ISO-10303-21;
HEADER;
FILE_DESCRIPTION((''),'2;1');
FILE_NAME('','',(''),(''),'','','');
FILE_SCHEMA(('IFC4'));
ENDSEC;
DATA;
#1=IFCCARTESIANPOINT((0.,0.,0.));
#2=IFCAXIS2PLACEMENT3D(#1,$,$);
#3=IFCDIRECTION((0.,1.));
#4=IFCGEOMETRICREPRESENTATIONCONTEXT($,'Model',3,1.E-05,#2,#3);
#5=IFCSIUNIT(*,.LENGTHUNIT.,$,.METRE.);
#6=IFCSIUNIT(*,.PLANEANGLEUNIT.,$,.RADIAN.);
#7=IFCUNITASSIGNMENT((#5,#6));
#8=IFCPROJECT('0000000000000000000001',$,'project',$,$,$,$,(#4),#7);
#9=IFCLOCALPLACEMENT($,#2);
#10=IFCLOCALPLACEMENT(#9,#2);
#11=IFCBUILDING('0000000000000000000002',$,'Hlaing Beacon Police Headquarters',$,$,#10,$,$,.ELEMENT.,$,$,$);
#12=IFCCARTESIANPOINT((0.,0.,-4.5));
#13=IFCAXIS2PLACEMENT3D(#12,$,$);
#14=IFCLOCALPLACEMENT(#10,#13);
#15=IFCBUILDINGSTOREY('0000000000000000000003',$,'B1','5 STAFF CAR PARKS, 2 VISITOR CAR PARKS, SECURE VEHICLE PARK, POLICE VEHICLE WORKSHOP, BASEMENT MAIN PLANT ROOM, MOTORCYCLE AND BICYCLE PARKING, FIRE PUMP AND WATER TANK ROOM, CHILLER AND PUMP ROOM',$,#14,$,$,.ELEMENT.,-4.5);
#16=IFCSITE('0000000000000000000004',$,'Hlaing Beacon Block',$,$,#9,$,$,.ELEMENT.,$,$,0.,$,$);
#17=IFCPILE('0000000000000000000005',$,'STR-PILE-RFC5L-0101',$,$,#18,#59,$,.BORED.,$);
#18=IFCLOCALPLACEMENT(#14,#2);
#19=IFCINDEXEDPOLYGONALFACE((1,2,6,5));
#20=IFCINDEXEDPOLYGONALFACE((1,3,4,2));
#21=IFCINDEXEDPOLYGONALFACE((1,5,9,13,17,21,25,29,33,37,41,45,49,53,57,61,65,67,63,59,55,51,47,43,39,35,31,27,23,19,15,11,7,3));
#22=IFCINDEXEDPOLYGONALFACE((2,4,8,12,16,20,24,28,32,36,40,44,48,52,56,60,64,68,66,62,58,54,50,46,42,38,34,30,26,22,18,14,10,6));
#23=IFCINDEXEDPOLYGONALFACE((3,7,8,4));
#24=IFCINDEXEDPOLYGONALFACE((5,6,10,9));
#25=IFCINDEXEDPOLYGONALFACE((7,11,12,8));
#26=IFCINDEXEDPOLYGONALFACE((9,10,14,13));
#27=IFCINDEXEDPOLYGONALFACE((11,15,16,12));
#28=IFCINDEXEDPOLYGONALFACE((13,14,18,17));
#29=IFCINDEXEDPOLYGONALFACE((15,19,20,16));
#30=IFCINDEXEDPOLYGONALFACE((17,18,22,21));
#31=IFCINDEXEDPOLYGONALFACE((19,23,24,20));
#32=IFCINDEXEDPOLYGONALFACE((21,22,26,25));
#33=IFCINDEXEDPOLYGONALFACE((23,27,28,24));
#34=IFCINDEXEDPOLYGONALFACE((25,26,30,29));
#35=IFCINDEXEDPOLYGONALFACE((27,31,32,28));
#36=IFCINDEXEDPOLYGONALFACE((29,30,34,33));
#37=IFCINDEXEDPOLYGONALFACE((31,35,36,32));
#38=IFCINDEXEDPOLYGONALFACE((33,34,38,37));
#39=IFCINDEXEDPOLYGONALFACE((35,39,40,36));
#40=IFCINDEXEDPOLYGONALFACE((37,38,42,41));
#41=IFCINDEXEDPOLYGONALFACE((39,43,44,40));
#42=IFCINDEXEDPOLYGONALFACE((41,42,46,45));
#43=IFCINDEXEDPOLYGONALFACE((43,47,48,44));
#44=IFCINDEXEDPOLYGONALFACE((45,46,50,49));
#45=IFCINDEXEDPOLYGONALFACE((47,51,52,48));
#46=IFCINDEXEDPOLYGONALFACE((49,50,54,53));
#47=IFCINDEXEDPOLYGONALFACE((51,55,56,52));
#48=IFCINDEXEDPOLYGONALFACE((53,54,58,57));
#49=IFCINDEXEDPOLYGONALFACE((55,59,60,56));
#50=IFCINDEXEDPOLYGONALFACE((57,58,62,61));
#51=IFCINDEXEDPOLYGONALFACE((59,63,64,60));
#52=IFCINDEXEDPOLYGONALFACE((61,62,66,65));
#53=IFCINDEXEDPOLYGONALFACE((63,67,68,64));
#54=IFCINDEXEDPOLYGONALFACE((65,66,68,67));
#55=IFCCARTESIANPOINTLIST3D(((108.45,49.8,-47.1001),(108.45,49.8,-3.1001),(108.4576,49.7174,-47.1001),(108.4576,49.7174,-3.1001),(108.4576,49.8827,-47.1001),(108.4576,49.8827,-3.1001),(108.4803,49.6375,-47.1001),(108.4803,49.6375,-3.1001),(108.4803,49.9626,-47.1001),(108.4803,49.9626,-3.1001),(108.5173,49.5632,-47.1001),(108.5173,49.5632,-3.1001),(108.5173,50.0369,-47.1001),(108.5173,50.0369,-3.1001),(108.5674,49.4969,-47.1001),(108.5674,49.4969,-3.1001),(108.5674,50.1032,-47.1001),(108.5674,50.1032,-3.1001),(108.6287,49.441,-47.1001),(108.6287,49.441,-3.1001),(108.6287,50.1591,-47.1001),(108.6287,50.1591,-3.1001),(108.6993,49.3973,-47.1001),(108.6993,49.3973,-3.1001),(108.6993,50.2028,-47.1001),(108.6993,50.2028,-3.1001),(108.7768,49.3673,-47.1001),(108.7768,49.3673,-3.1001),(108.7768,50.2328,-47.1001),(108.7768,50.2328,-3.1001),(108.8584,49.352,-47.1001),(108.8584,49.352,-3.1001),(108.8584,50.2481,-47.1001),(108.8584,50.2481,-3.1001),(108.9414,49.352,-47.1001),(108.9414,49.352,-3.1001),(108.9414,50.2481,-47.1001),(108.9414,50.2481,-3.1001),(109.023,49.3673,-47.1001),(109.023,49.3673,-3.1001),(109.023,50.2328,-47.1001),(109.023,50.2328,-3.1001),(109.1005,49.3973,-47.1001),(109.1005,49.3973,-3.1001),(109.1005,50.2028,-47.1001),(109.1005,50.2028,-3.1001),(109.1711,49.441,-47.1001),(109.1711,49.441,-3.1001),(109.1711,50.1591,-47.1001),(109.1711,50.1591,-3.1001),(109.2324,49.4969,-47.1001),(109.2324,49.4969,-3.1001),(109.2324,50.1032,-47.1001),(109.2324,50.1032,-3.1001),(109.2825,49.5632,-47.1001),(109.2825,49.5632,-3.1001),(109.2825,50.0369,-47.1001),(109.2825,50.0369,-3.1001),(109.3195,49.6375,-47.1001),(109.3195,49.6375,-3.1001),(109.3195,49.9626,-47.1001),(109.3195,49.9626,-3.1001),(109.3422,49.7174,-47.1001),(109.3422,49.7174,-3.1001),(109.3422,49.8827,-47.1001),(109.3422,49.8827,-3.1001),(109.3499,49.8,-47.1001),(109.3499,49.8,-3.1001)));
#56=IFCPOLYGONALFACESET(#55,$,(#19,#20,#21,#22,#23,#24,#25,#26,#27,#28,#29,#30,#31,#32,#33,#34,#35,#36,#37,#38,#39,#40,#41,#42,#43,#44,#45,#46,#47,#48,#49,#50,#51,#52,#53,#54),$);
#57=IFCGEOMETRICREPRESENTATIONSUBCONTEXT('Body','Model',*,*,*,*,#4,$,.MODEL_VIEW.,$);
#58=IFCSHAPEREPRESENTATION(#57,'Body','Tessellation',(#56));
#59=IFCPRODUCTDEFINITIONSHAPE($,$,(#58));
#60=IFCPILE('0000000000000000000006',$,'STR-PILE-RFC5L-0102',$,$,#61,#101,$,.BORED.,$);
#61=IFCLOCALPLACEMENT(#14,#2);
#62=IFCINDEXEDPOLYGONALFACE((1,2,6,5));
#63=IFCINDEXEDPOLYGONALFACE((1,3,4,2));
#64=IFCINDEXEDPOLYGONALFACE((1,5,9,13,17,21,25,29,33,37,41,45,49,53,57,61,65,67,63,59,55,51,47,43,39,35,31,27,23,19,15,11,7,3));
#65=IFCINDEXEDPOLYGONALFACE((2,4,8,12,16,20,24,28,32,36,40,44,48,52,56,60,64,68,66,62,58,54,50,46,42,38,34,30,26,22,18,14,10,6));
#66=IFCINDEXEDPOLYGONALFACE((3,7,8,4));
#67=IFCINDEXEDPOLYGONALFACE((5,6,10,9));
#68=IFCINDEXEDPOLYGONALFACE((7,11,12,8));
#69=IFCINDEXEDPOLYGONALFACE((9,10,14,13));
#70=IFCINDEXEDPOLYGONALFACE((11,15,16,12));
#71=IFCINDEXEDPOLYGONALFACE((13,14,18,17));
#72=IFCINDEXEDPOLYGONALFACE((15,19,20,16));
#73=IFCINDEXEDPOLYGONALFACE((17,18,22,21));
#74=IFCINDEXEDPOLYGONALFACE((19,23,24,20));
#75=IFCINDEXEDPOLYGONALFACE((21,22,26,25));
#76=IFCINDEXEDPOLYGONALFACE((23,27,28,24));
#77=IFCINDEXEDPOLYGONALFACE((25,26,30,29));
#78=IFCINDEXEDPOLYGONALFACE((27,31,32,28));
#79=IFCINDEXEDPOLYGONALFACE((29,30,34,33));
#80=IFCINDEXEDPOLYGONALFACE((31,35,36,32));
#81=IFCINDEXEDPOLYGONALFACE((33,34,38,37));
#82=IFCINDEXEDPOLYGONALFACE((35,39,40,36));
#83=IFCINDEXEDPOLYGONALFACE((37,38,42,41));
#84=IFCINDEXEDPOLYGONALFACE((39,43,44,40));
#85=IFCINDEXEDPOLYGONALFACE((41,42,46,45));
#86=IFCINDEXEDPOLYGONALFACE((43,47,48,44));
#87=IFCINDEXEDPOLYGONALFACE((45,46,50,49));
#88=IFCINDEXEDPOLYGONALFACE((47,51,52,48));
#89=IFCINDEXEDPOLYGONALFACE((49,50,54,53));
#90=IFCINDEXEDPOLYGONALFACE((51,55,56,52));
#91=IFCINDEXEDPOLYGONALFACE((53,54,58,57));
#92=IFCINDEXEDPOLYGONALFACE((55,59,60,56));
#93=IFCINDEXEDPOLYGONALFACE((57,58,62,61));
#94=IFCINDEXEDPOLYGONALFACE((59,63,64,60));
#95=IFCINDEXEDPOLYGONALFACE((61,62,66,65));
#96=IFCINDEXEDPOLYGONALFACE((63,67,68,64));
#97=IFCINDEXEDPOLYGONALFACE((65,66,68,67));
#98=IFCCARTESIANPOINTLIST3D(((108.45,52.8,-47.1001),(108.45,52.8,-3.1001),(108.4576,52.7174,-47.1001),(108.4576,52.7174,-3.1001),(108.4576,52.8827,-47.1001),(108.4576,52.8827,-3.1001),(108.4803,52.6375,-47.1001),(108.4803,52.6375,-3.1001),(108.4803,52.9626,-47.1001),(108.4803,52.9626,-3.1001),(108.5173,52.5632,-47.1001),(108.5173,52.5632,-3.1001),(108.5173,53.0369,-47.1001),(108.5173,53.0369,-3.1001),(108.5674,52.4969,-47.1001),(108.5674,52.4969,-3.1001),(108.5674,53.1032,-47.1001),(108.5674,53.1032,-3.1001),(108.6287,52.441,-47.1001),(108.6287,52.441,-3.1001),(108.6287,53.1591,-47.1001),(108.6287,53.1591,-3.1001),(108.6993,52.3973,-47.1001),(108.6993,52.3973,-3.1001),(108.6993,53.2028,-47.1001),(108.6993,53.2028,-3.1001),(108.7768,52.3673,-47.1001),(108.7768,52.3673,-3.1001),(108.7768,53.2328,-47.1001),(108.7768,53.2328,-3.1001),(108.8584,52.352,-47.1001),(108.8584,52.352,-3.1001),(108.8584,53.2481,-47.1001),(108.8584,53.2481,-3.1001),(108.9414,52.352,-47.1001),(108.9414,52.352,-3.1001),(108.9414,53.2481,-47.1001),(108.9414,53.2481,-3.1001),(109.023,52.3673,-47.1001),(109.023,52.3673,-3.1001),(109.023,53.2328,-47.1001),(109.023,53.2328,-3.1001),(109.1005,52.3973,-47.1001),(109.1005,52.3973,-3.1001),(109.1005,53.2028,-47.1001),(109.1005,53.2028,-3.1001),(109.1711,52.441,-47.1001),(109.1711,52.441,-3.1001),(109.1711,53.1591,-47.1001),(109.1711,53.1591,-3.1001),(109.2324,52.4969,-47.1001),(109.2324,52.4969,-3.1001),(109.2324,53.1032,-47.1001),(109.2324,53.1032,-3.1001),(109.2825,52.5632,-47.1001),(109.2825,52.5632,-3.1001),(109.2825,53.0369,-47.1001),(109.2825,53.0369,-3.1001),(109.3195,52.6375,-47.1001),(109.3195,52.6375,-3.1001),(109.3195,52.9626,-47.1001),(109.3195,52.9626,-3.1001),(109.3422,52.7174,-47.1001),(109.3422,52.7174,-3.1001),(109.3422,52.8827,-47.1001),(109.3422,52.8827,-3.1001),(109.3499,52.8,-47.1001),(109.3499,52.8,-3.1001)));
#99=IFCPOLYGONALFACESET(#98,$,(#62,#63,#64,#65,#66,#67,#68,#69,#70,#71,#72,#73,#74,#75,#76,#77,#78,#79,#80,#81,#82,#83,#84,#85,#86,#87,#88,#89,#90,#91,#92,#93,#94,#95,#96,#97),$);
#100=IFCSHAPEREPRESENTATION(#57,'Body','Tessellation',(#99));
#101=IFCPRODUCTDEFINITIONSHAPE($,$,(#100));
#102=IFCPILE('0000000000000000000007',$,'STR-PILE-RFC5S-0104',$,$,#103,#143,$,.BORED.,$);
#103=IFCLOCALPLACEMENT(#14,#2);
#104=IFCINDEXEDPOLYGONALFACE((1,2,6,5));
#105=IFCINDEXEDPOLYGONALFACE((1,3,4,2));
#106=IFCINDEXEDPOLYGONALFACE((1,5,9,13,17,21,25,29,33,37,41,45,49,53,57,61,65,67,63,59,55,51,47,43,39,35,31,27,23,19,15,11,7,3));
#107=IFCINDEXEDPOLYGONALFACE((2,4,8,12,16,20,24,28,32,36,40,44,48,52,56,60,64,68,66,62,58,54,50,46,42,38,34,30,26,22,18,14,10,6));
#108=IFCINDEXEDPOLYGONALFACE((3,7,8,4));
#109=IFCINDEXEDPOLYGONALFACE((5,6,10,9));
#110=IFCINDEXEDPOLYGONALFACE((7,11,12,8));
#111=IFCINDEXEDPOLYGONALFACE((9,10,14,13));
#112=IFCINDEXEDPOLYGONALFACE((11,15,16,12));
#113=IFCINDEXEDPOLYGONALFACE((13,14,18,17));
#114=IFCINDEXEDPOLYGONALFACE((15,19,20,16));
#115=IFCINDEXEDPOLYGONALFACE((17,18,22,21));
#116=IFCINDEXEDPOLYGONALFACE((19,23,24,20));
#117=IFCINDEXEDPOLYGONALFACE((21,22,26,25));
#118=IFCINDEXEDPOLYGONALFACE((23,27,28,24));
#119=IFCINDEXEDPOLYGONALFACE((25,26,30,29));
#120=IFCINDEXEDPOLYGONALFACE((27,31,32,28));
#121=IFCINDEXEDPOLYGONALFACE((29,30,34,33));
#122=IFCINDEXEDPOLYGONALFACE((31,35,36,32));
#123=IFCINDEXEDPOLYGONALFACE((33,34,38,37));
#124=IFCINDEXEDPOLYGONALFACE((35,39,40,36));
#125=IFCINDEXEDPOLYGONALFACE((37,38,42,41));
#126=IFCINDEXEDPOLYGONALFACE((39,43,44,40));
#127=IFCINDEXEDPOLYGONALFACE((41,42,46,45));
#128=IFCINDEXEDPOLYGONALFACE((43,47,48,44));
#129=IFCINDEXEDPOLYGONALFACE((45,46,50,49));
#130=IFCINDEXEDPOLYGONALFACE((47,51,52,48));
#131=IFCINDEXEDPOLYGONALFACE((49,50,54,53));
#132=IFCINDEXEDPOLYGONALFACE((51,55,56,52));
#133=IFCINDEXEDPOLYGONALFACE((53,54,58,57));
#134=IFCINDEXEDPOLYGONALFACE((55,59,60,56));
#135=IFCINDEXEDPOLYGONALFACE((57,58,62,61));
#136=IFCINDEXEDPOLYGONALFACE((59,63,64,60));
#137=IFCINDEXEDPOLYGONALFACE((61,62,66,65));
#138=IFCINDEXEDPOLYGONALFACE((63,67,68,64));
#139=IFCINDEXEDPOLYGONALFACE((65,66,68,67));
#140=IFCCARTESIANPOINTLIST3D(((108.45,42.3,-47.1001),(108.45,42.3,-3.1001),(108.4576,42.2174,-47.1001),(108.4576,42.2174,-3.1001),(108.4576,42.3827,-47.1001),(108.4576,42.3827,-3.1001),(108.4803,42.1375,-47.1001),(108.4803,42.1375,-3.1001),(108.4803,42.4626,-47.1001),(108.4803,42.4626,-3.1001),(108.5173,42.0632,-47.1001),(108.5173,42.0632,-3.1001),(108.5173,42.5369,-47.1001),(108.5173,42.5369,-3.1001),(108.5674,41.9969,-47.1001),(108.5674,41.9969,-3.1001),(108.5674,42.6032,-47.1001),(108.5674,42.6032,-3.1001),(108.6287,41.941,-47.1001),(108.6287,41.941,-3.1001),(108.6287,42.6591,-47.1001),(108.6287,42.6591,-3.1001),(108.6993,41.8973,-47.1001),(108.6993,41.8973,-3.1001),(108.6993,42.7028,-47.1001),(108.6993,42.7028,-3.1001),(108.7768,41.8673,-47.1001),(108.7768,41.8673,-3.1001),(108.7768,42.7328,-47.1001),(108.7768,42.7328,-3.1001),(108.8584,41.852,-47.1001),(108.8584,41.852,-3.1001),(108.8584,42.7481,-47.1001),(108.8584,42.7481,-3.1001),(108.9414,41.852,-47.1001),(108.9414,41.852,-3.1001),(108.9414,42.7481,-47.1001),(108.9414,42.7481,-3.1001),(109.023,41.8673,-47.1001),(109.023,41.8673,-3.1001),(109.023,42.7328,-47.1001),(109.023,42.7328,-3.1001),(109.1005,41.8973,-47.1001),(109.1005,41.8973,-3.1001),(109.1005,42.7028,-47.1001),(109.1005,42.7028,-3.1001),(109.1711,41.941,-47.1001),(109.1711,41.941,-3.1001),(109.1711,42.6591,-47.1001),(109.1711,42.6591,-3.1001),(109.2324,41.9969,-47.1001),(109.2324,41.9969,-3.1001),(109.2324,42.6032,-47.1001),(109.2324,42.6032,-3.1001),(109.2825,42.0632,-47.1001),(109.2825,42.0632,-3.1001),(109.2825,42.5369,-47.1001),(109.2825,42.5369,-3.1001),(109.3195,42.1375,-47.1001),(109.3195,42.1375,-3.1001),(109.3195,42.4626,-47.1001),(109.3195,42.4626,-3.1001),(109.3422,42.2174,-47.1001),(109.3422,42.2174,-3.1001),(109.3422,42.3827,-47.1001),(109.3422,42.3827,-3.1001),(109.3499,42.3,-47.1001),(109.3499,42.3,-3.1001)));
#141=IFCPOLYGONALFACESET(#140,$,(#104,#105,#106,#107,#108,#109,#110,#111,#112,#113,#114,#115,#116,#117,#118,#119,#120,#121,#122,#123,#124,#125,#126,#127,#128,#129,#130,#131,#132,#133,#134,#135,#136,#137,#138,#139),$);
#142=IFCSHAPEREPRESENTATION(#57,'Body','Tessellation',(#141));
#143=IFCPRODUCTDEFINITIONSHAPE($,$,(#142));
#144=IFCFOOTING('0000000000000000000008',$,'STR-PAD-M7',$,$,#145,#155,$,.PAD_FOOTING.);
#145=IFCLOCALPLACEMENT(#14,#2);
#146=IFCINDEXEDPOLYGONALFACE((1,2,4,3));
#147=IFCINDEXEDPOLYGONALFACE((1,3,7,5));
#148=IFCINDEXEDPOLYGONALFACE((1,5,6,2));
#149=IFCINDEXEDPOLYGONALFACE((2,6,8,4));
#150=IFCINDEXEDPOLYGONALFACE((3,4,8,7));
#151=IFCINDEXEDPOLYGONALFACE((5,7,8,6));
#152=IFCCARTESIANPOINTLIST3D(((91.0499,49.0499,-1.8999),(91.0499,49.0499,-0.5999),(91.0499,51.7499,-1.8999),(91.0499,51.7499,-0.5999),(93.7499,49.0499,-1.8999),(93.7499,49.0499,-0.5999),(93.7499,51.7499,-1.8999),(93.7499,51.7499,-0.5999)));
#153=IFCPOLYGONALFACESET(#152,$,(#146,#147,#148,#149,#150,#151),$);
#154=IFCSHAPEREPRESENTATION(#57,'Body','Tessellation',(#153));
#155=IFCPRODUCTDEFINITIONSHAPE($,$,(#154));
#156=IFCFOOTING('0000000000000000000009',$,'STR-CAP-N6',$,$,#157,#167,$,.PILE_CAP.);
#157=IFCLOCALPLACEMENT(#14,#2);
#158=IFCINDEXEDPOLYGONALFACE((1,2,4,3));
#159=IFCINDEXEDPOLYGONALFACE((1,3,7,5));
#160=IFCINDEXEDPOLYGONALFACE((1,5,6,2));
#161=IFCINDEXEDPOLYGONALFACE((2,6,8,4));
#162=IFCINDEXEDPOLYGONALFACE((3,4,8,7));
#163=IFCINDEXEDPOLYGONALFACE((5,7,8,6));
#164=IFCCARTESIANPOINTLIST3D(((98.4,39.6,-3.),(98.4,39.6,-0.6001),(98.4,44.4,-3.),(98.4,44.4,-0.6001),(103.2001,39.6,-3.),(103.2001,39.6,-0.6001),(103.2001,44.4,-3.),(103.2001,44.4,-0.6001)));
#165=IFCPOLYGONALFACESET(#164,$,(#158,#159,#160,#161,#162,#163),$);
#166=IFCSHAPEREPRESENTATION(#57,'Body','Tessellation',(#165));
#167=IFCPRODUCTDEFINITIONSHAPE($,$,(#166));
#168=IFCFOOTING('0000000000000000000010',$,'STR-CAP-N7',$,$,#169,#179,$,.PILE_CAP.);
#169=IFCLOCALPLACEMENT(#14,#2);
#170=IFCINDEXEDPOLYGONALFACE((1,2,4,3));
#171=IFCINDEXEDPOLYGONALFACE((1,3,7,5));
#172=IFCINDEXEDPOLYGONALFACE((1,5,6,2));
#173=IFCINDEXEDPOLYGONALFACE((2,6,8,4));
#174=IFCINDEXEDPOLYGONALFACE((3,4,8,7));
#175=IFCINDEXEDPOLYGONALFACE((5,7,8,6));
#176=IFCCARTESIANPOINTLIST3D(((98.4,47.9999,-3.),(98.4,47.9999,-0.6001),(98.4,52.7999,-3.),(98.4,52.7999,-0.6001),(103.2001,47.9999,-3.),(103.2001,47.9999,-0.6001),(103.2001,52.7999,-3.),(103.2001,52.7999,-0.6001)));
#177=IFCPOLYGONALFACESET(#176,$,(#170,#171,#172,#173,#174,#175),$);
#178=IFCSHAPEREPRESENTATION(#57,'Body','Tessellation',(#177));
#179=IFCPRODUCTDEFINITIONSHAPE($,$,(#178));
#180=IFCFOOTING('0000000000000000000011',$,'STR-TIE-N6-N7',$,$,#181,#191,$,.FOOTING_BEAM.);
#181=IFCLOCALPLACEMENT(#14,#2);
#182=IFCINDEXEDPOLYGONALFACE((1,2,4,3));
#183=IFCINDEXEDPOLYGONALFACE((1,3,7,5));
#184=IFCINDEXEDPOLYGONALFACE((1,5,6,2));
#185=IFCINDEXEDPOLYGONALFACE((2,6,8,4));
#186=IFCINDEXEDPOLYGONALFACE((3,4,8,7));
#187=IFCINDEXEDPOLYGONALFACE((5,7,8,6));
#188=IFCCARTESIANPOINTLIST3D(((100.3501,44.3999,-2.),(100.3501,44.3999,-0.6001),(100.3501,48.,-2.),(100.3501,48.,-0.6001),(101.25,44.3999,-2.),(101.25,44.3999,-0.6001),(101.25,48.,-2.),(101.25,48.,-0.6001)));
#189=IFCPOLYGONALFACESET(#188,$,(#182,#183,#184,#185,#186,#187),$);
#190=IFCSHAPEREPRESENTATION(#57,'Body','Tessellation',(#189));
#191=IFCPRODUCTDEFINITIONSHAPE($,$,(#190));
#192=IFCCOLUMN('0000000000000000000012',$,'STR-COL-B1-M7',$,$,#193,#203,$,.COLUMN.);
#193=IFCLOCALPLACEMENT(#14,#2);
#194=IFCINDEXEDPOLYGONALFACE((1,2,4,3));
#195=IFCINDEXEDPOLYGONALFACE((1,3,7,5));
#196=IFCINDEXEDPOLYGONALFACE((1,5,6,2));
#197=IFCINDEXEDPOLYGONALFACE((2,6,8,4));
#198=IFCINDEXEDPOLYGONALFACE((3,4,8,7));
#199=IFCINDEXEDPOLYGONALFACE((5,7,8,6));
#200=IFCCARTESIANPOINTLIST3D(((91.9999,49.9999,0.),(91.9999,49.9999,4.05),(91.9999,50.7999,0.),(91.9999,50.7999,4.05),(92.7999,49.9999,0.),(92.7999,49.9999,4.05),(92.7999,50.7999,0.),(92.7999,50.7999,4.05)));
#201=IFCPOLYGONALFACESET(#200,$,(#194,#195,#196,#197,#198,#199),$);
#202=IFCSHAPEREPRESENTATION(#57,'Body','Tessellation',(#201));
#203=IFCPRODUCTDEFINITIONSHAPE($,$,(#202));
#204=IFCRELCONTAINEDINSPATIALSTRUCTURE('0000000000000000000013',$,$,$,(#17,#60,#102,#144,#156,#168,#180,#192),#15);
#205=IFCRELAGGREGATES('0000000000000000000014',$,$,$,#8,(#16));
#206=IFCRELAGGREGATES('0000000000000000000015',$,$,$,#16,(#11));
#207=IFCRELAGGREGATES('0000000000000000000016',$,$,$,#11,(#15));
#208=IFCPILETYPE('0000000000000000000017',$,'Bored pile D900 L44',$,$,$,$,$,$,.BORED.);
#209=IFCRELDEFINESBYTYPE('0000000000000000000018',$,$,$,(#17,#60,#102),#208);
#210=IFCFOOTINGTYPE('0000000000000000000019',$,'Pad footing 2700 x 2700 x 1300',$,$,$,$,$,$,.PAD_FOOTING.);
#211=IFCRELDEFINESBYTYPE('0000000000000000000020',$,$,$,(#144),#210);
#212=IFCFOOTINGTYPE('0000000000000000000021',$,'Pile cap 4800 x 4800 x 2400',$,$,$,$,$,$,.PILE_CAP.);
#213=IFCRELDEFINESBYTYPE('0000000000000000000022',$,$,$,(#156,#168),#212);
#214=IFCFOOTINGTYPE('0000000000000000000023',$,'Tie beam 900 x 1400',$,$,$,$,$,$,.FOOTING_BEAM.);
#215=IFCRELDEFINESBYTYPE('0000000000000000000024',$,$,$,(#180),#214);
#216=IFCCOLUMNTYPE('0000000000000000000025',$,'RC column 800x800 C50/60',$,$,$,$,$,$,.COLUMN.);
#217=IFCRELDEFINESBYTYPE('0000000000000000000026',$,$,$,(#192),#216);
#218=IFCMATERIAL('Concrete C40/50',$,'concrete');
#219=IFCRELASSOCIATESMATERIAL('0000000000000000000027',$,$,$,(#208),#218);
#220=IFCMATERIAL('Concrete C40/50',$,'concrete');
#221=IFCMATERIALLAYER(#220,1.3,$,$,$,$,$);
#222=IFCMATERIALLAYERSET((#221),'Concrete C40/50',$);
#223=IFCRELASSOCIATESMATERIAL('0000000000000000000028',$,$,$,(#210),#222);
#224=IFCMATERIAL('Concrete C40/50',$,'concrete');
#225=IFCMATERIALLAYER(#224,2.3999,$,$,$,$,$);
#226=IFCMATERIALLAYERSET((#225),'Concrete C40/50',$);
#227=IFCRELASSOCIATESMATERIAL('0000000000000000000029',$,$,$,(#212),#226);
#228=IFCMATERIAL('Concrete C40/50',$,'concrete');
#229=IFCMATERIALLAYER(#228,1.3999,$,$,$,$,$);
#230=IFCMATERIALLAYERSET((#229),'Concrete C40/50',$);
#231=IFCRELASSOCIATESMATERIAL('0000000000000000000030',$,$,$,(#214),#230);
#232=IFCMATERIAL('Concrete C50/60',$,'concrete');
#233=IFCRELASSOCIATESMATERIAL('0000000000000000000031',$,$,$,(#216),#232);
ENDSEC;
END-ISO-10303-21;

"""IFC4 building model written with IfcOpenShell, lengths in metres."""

from ifc_helpers import new_model, si_unit, direction, frame, origin, origin_2d, place, context, subcontext, project, spatial, rectangle, circle, extrude, material, layer, layer_set, material_profile, profile_set, type_object, element, save


model = new_model("IFC4")

# Units and contexts
model_context = context("Model", 3, precision=1e-05, world=origin(), true_north=direction((0.0, 1.0)))
body_context = subcontext(model_context, "Body", "Model", "MODEL_VIEW")
ifc_project = project(units=[si_unit("LENGTHUNIT", "METRE"), si_unit("PLANEANGLEUNIT", "RADIAN")], contexts=[model_context])

# Site, building, storey
site_placement = place(None, origin())
site = spatial("IfcSite", under=ifc_project, at=site_placement, Name="Hlaing Beacon Block", CompositionType="ELEMENT", RefElevation=0.0)
building_placement = place(site_placement, origin())
building = spatial("IfcBuilding", under=site, at=building_placement, Name="Hlaing Beacon Police Headquarters", CompositionType="ELEMENT")
storey_placement = place(building_placement, frame((0.0, 0.0, -4.5)))
storey = spatial("IfcBuildingStorey", under=building, at=storey_placement, Name="B1", Description="5 STAFF CAR PARKS, 2 VISITOR CAR PARKS, SECURE VEHICLE PARK, POLICE VEHICLE WORKSHOP, BASEMENT MAIN PLANT ROOM, MOTORCYCLE AND BICYCLE PARKING, FIRE PUMP AND WATER TANK ROOM, CHILLER AND PUMP ROOM", CompositionType="ELEMENT", Elevation=-4.5)

# Piles
ifc_material_1 = material(Name="Concrete C40/50", Category="concrete")
ifc_material_profile_1 = material_profile(ifc_material_1, circle(Radius=0.45, at=origin_2d()), Name="D900")
ifc_profile_set_1 = profile_set([ifc_material_profile_1], Name="Concrete C40/50")
pile_type_1 = type_object("IfcPileType", Name="Bored pile D900 L44", PredefinedType="BORED", material=ifc_profile_set_1)
for number, where, z_axis, x_axis, name in (
    (1, (108.8999, 49.8, -3.1001), (0.0, 0.0, -1.0), (1.0, 0.0, 0.0), "STR-PILE-RFC5L-0101"),
    (2, (108.8999, 52.8, -3.1001), (0.0, 0.0, -1.0), (1.0, 0.0, 0.0), "STR-PILE-RFC5L-0102"),
    (3, (108.8999, 42.3, -3.1001), (0.0, 0.0, -1.0), (1.0, 0.0, 0.0), "STR-PILE-RFC5S-0104"),
):
    element("IfcPile", number, at=place(storey_placement, frame(where, z_axis=z_axis, x_axis=x_axis)), inside=storey, type_object=pile_type_1, Name=name, PredefinedType="BORED", context=body_context, shape_type="SweptSolid", body=[
        extrude(circle(Radius=0.45, at=origin_2d()), origin(), (0.0, 0.0, 1.0), 44.0),
    ])

# Footings
ifc_material_2 = material(Name="Concrete C40/50", Category="concrete")
ifc_layer_1 = layer(ifc_material_2, 1.3)
ifc_layer_set_1 = layer_set([ifc_layer_1], Name="Concrete C40/50")
footing_type_1 = type_object("IfcFootingType", Name="Pad footing 2700 x 2700 x 1300", PredefinedType="PAD_FOOTING", material=ifc_layer_set_1)
footing_1_placement = place(storey_placement, frame((92.3999, 50.3999, -1.8999), z_axis=(0.0, 0.0, 1.0), x_axis=(1.0, 0.0, 0.0)))
element("IfcFooting", 4, at=footing_1_placement, inside=storey, type_object=footing_type_1, Name="STR-PAD-M7", PredefinedType="PAD_FOOTING", context=body_context, shape_type="SweptSolid", body=[
    extrude(rectangle(XDim=2.7, YDim=2.7, at=origin_2d()), origin(), (0.0, 0.0, 1.0), 1.3),
])
ifc_material_3 = material(Name="Concrete C40/50", Category="concrete")
ifc_layer_2 = layer(ifc_material_3, 2.3999)
ifc_layer_set_2 = layer_set([ifc_layer_2], Name="Concrete C40/50")
footing_type_2 = type_object("IfcFootingType", Name="Pile cap 4800 x 4800 x 2400", PredefinedType="PILE_CAP", material=ifc_layer_set_2)
for number, where, z_axis, x_axis, name in (
    (5, (100.8, 42.0, -3.0), (0.0, 0.0, 1.0), (1.0, 0.0, 0.0), "STR-CAP-N6"),
    (6, (100.8, 50.3999, -3.0), (0.0, 0.0, 1.0), (1.0, 0.0, 0.0), "STR-CAP-N7"),
):
    element("IfcFooting", number, at=place(storey_placement, frame(where, z_axis=z_axis, x_axis=x_axis)), inside=storey, type_object=footing_type_2, Name=name, PredefinedType="PILE_CAP", context=body_context, shape_type="SweptSolid", body=[
        extrude(rectangle(XDim=4.8, YDim=4.8, at=origin_2d()), origin(), (0.0, 0.0, 1.0), 2.3999),
    ])
ifc_material_4 = material(Name="Concrete C40/50", Category="concrete")
ifc_layer_3 = layer(ifc_material_4, 1.3999)
ifc_layer_set_3 = layer_set([ifc_layer_3], Name="Concrete C40/50")
footing_type_3 = type_object("IfcFootingType", Name="Tie beam 900 x 1400", PredefinedType="FOOTING_BEAM", material=ifc_layer_set_3)
footing_2_placement = place(storey_placement, frame((100.8, 46.2, -2.0), z_axis=(0.0, 0.0, 1.0), x_axis=(1.0, 0.0, 0.0)))
element("IfcFooting", 7, at=footing_2_placement, inside=storey, type_object=footing_type_3, Name="STR-TIE-N6-N7", PredefinedType="FOOTING_BEAM", context=body_context, shape_type="SweptSolid", body=[
    extrude(rectangle(XDim=0.8999, YDim=3.6001, at=origin_2d()), origin(), (0.0, 0.0, 1.0), 1.3999),
])

# Column
ifc_material_5 = material(Name="Concrete C50/60", Category="concrete")
ifc_material_profile_2 = material_profile(ifc_material_5, rectangle(XDim=0.8, YDim=0.8, at=origin_2d()), Name="800x800")
ifc_profile_set_2 = profile_set([ifc_material_profile_2], Name="Concrete C50/60")
column_type_1 = type_object("IfcColumnType", Name="RC column 800x800 C50/60", PredefinedType="COLUMN", material=ifc_profile_set_2)
column_placement = place(storey_placement, frame((92.3999, 50.3999, 0.0), z_axis=(0.0, 0.0, 1.0), x_axis=(1.0, 0.0, 0.0)))
element("IfcColumn", 8, at=column_placement, inside=storey, type_object=column_type_1, Name="STR-COL-B1-M7", PredefinedType="COLUMN", context=body_context, shape_type="SweptSolid", body=[
    extrude(rectangle(XDim=0.8, YDim=0.8, at=origin_2d()), origin(), (0.0, 0.0, 1.0), 4.05),
])

save(model, "model.ifc")
